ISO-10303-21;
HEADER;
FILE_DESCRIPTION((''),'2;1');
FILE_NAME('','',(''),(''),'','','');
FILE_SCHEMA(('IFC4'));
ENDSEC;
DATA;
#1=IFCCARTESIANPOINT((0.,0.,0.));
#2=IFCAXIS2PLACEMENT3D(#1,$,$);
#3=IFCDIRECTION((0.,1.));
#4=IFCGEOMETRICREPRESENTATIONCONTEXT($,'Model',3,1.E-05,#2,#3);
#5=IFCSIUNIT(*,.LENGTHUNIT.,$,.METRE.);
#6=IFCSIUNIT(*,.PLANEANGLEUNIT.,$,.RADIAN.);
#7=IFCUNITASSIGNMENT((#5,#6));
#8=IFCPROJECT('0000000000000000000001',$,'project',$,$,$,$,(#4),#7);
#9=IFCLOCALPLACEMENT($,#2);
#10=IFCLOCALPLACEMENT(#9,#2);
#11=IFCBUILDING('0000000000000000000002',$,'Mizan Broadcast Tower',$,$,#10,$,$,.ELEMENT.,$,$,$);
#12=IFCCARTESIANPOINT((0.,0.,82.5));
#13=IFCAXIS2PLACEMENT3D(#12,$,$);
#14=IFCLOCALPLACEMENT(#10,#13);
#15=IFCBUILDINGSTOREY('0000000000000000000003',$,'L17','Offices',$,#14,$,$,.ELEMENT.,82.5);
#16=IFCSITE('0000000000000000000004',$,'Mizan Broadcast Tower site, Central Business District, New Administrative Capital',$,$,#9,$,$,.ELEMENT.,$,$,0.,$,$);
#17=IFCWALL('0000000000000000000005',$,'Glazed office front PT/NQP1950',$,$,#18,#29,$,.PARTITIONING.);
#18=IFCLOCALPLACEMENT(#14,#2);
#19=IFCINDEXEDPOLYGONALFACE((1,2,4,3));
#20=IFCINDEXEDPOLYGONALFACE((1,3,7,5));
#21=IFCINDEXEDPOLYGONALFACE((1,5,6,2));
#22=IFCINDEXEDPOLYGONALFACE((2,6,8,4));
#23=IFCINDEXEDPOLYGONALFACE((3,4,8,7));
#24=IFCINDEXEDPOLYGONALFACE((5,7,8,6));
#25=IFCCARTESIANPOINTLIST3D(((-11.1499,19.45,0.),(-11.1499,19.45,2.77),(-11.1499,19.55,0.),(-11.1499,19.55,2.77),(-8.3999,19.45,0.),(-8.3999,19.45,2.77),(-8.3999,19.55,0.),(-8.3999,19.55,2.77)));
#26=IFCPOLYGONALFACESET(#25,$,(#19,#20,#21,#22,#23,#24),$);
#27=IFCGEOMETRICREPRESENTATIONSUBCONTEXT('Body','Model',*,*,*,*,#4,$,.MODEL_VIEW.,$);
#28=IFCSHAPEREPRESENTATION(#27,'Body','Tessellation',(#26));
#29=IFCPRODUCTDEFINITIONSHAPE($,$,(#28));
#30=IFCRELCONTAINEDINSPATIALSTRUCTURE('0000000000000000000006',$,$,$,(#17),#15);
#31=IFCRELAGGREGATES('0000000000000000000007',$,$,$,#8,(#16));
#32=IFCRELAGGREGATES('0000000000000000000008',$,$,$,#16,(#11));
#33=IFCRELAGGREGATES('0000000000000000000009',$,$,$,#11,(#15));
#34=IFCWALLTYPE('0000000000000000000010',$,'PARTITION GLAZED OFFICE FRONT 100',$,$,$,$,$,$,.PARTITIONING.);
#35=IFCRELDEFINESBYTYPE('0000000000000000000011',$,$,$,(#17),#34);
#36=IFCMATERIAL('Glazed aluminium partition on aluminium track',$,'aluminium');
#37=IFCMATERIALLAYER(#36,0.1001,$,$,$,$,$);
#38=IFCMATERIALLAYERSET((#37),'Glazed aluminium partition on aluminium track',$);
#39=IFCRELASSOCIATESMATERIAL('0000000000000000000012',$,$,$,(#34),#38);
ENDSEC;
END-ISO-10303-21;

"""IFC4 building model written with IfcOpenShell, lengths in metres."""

from ifc_helpers import new_model, si_unit, direction, frame, frame_2d, origin, place, context, subcontext, project, spatial, rectangle, extrude, material, layer, layer_set, type_object, element, save


model = new_model("IFC4")

# Units and contexts
model_context = context("Model", 3, precision=1e-05, world=origin(), true_north=direction((0.0, 1.0)))
body_context = subcontext(model_context, "Body", "Model", "MODEL_VIEW")
ifc_project = project(units=[si_unit("LENGTHUNIT", "METRE"), si_unit("PLANEANGLEUNIT", "RADIAN")], contexts=[model_context])

# Site, building, storey
site_placement = place(None, origin())
site = spatial("IfcSite", under=ifc_project, at=site_placement, Name="Mizan Broadcast Tower site, Central Business District, New Administrative Capital", CompositionType="ELEMENT", RefElevation=0.0)
building_placement = place(site_placement, origin())
building = spatial("IfcBuilding", under=site, at=building_placement, Name="Mizan Broadcast Tower", CompositionType="ELEMENT")
storey_placement = place(building_placement, frame((0.0, 0.0, 82.5)))
storey = spatial("IfcBuildingStorey", under=building, at=storey_placement, Name="L17", Description="Offices", CompositionType="ELEMENT", Elevation=82.5)

# Shared definitions
ifc_material_1 = material(Name="Glazed aluminium partition on aluminium track", Category="aluminium")
ifc_layer_1 = layer(ifc_material_1, 0.1001)
ifc_layer_set_1 = layer_set([ifc_layer_1], Name="Glazed aluminium partition on aluminium track")
wall_type = type_object("IfcWallType", Name="PARTITION GLAZED OFFICE FRONT 100", PredefinedType="PARTITIONING", material=ifc_layer_set_1)

# Wall
wall_1_placement = place(storey_placement, frame((-8.3999, 19.5, 0.0), z_axis=(0.0, 0.0, 1.0), x_axis=(-1.0, 0.0, 0.0)))
element("IfcWall", 1, at=wall_1_placement, inside=storey, type_object=wall_type, Name="Glazed office front PT/NQP1950", PredefinedType="PARTITIONING", context=body_context, shape_type="SweptSolid", body=[
    extrude(rectangle(XDim=2.75, YDim=0.1001, at=frame_2d((1.375, 0.0))), origin(), (0.0, 0.0, 1.0), 2.77),
])

save(model, "model.ifc")
